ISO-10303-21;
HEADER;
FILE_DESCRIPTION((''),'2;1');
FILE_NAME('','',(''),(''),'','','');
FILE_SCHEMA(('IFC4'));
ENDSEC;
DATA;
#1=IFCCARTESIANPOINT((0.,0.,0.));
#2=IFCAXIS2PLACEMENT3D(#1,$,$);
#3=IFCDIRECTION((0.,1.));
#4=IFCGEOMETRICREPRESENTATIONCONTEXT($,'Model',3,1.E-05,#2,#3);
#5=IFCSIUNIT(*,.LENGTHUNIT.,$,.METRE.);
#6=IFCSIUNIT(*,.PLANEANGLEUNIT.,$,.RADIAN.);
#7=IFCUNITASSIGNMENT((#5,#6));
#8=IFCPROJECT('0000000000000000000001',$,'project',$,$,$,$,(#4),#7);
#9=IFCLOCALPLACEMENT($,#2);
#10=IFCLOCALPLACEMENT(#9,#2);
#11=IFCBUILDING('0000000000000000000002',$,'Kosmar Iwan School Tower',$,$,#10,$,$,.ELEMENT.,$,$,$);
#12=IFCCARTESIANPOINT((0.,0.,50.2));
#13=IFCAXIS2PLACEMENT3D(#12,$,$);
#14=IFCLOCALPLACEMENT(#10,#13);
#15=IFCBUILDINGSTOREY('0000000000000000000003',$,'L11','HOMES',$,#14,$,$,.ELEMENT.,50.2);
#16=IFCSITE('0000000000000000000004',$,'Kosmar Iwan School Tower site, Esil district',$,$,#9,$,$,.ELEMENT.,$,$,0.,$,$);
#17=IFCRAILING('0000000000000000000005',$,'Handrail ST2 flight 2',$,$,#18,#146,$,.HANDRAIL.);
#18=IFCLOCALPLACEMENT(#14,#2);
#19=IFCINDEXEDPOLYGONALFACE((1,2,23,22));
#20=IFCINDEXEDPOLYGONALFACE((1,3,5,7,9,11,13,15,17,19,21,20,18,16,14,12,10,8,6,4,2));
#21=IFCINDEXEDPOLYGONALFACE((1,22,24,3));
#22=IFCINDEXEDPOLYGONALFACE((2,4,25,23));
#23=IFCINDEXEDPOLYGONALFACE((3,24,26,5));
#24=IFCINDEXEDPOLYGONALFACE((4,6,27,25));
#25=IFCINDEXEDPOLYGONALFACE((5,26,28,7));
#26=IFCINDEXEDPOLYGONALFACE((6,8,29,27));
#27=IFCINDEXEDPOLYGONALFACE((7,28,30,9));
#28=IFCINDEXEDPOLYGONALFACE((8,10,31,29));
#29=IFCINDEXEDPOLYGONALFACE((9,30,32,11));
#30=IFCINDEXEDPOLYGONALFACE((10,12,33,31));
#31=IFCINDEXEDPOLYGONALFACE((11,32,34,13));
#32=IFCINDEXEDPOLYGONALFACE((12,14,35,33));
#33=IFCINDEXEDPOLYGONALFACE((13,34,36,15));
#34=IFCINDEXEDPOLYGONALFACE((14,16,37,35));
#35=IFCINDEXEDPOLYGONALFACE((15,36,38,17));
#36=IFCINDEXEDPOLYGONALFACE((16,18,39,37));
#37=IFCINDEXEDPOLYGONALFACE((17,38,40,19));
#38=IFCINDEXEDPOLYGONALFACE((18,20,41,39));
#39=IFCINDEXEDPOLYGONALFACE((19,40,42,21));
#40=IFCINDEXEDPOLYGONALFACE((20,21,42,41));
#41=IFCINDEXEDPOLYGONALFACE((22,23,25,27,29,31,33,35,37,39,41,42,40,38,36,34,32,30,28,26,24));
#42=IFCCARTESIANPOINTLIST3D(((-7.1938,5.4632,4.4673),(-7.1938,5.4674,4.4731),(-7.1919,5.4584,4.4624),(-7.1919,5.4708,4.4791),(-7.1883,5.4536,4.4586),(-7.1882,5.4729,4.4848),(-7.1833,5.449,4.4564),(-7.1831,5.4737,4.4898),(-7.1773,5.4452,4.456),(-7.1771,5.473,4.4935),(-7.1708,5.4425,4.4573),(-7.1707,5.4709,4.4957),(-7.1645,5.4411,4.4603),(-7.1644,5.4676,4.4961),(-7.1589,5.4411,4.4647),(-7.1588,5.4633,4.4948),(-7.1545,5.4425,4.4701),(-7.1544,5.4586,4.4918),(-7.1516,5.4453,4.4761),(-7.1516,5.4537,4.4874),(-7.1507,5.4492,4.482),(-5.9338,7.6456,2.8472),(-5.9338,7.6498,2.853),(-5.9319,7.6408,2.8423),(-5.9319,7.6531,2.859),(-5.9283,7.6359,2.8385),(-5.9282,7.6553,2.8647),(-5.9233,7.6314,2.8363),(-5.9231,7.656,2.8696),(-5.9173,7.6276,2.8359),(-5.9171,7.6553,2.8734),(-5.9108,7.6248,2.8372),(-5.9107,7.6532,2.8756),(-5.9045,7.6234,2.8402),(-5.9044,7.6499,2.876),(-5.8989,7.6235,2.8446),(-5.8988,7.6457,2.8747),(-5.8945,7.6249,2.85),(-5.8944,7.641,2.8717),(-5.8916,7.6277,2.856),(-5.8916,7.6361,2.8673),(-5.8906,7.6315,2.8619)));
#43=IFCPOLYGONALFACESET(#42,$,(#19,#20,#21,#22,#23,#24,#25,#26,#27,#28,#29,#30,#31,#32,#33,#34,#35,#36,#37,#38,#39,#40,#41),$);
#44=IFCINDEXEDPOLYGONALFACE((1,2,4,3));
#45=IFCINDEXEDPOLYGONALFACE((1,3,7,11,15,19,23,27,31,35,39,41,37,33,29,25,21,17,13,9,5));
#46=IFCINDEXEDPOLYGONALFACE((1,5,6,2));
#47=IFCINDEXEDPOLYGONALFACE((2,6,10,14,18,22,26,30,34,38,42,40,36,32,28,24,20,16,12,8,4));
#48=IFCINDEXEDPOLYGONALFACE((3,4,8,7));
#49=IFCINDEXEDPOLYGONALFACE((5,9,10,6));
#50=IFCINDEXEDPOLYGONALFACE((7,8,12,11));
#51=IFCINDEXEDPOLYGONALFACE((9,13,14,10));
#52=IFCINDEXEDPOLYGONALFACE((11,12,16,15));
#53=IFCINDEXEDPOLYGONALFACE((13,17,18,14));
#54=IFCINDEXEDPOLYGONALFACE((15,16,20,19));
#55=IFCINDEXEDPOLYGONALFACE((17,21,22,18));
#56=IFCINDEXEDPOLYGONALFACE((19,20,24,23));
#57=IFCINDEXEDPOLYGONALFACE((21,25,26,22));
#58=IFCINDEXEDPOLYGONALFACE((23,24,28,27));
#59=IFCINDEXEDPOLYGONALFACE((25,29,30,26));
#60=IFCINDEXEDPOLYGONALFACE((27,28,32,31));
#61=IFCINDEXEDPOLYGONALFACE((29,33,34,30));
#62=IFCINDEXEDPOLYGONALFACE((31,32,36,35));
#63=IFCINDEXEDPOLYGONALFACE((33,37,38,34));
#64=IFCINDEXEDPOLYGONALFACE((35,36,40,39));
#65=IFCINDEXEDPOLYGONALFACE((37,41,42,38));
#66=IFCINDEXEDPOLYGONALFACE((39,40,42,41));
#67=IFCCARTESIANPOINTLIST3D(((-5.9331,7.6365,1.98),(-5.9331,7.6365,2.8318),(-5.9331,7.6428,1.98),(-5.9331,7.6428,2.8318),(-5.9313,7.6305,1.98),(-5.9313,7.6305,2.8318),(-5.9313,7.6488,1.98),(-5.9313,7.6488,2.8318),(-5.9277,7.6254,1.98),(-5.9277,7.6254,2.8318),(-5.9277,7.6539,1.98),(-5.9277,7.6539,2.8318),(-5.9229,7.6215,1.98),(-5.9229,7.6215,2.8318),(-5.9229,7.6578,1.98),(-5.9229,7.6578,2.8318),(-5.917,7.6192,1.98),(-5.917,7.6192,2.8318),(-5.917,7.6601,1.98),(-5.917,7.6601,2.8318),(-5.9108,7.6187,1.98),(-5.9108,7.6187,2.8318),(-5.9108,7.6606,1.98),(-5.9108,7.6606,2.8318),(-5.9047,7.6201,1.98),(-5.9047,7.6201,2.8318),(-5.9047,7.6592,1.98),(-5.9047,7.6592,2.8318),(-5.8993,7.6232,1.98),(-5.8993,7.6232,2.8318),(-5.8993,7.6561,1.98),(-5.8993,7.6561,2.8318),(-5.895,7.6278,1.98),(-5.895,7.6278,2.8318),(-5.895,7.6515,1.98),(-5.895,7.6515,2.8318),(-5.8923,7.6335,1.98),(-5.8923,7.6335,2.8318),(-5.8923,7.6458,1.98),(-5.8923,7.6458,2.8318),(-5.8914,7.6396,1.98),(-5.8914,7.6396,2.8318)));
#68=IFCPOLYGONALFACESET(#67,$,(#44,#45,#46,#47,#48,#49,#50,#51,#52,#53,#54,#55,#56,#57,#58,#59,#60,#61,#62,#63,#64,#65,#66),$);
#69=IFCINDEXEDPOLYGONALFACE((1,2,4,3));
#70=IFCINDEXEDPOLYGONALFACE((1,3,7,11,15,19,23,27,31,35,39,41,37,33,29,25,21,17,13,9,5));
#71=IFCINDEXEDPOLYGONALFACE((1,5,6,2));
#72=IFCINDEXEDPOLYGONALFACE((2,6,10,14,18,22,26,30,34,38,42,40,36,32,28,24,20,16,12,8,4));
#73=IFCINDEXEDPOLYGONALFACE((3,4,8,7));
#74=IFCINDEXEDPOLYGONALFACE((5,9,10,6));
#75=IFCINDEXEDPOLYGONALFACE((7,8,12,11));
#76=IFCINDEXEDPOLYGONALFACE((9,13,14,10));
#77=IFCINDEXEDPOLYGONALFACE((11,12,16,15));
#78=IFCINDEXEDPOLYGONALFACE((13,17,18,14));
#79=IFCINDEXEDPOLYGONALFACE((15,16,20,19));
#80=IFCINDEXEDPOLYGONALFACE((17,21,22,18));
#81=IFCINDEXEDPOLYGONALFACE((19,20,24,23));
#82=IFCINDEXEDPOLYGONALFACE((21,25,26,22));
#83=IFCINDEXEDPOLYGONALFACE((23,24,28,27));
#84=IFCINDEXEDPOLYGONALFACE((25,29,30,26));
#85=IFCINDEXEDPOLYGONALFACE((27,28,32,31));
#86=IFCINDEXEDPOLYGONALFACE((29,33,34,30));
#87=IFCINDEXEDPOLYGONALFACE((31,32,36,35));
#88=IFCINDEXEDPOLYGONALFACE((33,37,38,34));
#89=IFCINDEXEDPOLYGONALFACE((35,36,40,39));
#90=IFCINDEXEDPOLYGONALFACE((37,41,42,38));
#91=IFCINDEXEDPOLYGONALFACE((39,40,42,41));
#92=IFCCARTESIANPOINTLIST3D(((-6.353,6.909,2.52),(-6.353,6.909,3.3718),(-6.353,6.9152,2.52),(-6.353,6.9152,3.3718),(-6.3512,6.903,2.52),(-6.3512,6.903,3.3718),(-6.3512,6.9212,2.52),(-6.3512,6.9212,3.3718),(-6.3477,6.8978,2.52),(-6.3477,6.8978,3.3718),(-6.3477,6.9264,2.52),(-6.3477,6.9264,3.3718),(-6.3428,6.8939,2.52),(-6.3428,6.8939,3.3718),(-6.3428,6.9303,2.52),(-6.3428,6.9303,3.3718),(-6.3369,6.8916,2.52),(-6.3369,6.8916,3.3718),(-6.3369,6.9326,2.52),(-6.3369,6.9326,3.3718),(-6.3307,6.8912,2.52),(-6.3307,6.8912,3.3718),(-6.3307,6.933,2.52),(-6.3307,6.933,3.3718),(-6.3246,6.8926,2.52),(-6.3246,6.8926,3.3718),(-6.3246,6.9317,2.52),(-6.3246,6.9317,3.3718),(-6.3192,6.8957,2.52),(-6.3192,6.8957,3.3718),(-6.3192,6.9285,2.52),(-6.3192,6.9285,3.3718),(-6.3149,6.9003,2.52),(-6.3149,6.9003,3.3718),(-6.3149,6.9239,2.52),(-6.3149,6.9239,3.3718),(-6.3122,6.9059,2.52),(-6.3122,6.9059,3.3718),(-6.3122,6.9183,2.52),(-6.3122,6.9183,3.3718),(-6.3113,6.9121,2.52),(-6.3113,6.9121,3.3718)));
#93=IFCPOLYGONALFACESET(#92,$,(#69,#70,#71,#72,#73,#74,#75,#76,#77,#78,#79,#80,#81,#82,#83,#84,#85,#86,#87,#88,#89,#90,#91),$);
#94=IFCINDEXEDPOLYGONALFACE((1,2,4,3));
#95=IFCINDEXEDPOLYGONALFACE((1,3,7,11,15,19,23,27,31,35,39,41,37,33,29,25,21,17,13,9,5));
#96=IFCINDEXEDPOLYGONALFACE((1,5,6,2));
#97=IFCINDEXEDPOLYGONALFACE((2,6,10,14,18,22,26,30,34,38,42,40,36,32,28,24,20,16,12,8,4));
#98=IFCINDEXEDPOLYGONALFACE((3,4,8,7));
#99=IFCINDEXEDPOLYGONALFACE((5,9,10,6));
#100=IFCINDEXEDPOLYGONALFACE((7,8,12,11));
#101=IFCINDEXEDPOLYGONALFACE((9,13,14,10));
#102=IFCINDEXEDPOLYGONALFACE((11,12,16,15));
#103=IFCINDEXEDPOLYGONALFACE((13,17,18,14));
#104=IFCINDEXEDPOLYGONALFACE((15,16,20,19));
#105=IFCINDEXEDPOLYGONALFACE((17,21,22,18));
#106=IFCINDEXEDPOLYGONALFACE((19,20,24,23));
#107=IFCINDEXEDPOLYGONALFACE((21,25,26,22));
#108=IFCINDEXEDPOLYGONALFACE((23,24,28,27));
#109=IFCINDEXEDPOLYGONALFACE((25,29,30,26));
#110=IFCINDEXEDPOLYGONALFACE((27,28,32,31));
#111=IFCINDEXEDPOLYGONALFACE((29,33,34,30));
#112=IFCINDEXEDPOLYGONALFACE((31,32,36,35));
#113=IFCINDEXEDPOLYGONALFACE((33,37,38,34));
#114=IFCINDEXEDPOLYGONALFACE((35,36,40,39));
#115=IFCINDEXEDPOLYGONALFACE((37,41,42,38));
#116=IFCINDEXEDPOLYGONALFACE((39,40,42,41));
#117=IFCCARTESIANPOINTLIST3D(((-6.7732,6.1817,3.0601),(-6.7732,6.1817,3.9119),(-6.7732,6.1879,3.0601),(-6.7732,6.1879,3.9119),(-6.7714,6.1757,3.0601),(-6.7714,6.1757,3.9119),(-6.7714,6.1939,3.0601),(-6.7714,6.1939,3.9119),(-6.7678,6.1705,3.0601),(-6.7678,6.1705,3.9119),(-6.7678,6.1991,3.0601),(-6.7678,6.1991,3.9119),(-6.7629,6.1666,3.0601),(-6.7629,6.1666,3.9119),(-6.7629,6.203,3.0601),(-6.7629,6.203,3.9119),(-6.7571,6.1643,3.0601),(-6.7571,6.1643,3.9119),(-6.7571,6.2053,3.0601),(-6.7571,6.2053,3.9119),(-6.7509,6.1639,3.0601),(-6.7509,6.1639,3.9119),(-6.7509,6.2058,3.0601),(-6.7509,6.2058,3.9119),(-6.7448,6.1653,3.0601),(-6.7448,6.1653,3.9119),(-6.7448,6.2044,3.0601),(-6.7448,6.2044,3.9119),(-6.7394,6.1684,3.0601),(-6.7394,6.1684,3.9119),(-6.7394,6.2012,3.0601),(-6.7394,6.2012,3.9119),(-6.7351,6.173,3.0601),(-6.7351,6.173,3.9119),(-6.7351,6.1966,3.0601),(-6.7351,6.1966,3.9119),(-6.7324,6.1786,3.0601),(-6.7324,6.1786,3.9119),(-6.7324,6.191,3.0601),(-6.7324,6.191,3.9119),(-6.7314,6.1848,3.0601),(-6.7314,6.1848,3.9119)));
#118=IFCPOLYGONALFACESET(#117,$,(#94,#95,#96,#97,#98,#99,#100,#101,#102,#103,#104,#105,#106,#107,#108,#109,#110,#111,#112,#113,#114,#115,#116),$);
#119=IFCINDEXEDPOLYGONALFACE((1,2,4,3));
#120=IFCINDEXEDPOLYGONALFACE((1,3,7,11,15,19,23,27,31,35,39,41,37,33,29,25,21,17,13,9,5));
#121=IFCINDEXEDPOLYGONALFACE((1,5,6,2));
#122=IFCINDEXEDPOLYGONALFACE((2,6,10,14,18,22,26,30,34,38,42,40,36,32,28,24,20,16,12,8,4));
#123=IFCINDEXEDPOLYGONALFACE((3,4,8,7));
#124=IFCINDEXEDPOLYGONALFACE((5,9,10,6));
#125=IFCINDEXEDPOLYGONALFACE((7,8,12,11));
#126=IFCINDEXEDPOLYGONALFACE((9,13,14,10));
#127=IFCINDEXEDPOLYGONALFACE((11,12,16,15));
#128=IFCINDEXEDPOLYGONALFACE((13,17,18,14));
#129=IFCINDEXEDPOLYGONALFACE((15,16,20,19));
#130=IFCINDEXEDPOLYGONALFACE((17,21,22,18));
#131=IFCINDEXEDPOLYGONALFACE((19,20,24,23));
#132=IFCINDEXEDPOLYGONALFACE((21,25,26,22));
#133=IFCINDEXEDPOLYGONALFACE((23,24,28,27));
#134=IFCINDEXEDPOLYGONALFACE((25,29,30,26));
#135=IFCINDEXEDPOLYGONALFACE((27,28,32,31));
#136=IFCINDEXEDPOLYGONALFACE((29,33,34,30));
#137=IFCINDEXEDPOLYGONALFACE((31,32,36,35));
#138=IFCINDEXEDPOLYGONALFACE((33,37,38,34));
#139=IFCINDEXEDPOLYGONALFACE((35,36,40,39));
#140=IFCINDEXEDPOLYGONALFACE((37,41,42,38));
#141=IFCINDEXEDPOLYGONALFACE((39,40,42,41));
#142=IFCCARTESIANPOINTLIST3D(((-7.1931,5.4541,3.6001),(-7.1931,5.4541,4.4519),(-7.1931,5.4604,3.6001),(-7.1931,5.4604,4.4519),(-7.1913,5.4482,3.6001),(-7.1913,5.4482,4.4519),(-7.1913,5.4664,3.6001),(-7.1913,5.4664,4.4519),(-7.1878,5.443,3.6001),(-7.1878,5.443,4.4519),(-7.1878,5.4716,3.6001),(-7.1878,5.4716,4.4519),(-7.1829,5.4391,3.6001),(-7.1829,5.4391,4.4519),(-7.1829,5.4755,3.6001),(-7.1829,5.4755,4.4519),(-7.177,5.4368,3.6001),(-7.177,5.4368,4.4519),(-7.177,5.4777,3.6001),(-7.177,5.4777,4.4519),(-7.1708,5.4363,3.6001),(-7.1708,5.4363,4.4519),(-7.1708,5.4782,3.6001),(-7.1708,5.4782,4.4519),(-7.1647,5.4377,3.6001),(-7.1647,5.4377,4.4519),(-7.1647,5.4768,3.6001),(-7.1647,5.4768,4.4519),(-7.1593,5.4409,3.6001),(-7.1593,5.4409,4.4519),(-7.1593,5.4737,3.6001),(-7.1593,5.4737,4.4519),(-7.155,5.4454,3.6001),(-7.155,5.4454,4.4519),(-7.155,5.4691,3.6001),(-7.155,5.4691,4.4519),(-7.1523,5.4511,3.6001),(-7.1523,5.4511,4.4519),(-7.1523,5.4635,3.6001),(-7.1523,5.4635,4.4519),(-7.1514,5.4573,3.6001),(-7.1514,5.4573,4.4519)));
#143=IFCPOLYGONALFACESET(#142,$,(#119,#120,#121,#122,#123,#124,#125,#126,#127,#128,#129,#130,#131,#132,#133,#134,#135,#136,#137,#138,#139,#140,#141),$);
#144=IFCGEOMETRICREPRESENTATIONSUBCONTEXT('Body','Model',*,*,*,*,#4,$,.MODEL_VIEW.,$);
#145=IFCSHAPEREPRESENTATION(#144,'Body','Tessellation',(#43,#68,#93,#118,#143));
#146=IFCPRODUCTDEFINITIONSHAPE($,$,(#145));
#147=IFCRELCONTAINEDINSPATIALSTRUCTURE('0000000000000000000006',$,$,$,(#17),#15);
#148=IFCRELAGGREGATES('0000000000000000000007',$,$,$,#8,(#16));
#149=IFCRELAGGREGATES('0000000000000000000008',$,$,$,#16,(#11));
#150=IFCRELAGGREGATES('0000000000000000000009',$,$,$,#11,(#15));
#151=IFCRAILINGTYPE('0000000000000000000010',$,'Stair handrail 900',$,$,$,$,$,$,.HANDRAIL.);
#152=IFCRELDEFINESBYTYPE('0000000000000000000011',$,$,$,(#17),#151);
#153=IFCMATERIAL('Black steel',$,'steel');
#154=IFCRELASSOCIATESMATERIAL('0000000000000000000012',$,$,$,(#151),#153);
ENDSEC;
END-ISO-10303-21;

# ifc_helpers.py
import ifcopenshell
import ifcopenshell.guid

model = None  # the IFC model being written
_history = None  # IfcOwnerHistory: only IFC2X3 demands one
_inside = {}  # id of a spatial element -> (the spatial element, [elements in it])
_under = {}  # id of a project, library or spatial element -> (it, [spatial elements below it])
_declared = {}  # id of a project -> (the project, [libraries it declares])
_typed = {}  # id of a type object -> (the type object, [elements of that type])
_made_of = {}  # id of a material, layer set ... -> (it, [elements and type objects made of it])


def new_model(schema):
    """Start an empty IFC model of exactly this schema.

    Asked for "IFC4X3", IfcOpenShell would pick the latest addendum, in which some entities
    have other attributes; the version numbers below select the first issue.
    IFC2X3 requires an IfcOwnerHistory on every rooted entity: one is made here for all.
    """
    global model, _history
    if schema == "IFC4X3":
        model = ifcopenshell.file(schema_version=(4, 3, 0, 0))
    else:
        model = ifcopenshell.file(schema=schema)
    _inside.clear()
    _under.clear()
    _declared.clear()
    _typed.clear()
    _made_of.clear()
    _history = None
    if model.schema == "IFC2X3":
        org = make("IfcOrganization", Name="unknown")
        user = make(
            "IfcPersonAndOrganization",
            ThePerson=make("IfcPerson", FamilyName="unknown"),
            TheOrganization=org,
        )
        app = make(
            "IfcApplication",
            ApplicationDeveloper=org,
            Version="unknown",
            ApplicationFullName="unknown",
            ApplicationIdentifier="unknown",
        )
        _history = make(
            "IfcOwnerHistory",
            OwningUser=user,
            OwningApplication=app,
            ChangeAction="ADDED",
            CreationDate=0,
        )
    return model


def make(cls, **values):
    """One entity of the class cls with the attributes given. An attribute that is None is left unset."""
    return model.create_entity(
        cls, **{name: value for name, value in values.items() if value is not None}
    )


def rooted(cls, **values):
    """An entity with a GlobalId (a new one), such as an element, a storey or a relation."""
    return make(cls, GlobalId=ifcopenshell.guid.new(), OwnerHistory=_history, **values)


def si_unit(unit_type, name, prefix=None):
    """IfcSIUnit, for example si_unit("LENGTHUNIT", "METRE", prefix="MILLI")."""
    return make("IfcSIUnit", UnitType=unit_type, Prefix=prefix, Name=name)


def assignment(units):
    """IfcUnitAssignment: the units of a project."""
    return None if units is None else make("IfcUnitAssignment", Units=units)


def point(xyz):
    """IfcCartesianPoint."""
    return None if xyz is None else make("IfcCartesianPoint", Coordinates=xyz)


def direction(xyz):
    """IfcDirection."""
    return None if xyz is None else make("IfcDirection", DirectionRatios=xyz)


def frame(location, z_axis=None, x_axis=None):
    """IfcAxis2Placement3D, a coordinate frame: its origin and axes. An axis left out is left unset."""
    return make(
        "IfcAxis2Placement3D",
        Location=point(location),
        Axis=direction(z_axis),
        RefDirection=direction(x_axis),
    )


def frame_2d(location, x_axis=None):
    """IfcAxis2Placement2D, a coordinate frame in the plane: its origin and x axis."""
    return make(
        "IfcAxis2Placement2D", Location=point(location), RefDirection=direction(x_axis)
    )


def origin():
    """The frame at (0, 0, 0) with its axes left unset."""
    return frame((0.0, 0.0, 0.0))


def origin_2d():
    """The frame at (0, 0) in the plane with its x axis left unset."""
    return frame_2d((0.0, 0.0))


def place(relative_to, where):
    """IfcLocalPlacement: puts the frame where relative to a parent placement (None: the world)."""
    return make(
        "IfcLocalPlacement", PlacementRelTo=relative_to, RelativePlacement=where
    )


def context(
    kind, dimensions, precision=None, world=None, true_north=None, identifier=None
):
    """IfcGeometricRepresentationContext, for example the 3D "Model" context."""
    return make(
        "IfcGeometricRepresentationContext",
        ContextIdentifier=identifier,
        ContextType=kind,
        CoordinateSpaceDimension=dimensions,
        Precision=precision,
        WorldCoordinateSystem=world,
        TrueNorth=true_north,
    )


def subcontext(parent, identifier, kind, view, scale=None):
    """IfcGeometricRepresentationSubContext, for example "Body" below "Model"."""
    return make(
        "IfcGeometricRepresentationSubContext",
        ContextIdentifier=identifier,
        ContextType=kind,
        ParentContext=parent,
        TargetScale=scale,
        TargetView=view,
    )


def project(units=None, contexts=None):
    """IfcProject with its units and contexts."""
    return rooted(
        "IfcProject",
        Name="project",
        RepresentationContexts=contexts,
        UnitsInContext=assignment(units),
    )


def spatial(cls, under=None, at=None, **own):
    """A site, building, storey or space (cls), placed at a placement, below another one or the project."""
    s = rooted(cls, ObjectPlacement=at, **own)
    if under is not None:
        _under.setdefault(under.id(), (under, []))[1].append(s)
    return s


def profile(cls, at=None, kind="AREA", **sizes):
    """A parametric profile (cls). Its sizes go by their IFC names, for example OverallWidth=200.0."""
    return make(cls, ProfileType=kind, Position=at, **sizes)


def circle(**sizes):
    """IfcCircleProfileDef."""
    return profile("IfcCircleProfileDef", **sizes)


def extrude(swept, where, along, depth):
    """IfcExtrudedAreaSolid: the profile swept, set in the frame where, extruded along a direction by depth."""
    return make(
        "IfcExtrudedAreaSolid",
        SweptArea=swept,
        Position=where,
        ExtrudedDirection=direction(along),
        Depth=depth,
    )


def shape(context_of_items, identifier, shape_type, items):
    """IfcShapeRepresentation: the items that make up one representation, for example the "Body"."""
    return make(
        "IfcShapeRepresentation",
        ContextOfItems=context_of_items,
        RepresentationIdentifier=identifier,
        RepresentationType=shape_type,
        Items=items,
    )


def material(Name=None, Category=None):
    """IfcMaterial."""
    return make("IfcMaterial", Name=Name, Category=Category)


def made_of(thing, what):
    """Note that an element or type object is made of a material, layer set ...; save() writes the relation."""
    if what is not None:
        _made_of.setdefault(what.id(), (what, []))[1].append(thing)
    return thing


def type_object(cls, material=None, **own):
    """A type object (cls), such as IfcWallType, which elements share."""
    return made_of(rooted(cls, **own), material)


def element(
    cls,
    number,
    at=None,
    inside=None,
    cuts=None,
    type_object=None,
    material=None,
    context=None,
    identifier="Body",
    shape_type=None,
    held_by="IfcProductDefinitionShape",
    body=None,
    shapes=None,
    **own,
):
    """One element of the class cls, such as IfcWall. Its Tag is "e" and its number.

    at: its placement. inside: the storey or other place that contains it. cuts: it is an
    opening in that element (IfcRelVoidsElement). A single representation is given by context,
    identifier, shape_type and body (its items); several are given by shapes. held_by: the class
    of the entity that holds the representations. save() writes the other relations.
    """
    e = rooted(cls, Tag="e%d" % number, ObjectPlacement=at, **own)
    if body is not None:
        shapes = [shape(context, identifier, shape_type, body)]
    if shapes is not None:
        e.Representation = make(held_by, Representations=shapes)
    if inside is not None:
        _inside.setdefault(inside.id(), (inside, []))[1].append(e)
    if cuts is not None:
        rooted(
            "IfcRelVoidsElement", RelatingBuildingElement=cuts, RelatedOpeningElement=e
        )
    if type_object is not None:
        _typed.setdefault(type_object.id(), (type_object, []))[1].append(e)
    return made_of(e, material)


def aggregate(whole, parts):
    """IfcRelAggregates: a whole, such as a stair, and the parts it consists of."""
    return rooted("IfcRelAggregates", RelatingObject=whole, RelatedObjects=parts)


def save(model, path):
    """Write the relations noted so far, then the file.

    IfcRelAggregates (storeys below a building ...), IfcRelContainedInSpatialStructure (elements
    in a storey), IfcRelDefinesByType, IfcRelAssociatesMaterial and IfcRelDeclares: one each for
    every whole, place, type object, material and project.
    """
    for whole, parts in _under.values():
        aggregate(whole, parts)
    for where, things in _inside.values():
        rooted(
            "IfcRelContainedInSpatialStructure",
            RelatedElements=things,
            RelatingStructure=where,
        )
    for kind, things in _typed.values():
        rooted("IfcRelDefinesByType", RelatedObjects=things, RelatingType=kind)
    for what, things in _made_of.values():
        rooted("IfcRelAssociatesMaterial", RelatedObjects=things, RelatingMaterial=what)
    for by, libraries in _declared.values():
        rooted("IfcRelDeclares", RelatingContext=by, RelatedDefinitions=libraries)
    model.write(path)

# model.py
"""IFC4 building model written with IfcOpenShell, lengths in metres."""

from ifc_helpers import new_model, si_unit, direction, frame, origin, origin_2d, place, context, subcontext, project, spatial, circle, extrude, material, type_object, element, save


model = new_model("IFC4")

# Units and contexts
model_context = context("Model", 3, precision=1e-05, world=origin(), true_north=direction((0.0, 1.0)))
body_context = subcontext(model_context, "Body", "Model", "MODEL_VIEW")
ifc_project = project(units=[si_unit("LENGTHUNIT", "METRE"), si_unit("PLANEANGLEUNIT", "RADIAN")], contexts=[model_context])

# Site, building, storey
site_placement = place(None, origin())
site = spatial("IfcSite", under=ifc_project, at=site_placement, Name="Kosmar Iwan School Tower site, Esil district", CompositionType="ELEMENT", RefElevation=0.0)
building_placement = place(site_placement, origin())
building = spatial("IfcBuilding", under=site, at=building_placement, Name="Kosmar Iwan School Tower", CompositionType="ELEMENT")
storey_placement = place(building_placement, frame((0.0, 0.0, 50.2)))
storey = spatial("IfcBuildingStorey", under=building, at=storey_placement, Name="L11", Description="HOMES", CompositionType="ELEMENT", Elevation=50.2)

# Railing
ifc_material_1 = material(Name="Black steel", Category="steel")
railing_type = type_object("IfcRailingType", Name="Stair handrail 900", PredefinedType="HANDRAIL", material=ifc_material_1)
railing_placement = place(storey_placement, frame((-5.9124, 7.6396, 1.98)))
element("IfcRailing", 1, at=railing_placement, inside=storey, type_object=railing_type, Name="Handrail ST2 flight 2", PredefinedType="HANDRAIL", context=body_context, shape_type="SweptSolid", body=[
    extrude(circle(Radius=0.0239, at=origin_2d()), frame((0.0, 0.0, 0.876), z_axis=(-0.420584, -0.728464, 0.540786), x_axis=(0.866023, -0.500005, 0.0)), (0.0, 0.0, 1.0), 2.9958),
    extrude(circle(Radius=0.021, at=origin_2d()), origin(), (0.0, 0.0, 1.0), 0.8518),
    extrude(circle(Radius=0.021, at=origin_2d()), frame((-0.4199, -0.7275, 0.54)), (0.0, 0.0, 1.0), 0.8518),
    extrude(circle(Radius=0.021, at=origin_2d()), frame((-0.8401, -1.4548, 1.0801)), (0.0, 0.0, 1.0), 0.8518),
    extrude(circle(Radius=0.021, at=origin_2d()), frame((-1.26, -2.1824, 1.6201)), (0.0, 0.0, 1.0), 0.8518),
])

save(model, "model.ifc")
